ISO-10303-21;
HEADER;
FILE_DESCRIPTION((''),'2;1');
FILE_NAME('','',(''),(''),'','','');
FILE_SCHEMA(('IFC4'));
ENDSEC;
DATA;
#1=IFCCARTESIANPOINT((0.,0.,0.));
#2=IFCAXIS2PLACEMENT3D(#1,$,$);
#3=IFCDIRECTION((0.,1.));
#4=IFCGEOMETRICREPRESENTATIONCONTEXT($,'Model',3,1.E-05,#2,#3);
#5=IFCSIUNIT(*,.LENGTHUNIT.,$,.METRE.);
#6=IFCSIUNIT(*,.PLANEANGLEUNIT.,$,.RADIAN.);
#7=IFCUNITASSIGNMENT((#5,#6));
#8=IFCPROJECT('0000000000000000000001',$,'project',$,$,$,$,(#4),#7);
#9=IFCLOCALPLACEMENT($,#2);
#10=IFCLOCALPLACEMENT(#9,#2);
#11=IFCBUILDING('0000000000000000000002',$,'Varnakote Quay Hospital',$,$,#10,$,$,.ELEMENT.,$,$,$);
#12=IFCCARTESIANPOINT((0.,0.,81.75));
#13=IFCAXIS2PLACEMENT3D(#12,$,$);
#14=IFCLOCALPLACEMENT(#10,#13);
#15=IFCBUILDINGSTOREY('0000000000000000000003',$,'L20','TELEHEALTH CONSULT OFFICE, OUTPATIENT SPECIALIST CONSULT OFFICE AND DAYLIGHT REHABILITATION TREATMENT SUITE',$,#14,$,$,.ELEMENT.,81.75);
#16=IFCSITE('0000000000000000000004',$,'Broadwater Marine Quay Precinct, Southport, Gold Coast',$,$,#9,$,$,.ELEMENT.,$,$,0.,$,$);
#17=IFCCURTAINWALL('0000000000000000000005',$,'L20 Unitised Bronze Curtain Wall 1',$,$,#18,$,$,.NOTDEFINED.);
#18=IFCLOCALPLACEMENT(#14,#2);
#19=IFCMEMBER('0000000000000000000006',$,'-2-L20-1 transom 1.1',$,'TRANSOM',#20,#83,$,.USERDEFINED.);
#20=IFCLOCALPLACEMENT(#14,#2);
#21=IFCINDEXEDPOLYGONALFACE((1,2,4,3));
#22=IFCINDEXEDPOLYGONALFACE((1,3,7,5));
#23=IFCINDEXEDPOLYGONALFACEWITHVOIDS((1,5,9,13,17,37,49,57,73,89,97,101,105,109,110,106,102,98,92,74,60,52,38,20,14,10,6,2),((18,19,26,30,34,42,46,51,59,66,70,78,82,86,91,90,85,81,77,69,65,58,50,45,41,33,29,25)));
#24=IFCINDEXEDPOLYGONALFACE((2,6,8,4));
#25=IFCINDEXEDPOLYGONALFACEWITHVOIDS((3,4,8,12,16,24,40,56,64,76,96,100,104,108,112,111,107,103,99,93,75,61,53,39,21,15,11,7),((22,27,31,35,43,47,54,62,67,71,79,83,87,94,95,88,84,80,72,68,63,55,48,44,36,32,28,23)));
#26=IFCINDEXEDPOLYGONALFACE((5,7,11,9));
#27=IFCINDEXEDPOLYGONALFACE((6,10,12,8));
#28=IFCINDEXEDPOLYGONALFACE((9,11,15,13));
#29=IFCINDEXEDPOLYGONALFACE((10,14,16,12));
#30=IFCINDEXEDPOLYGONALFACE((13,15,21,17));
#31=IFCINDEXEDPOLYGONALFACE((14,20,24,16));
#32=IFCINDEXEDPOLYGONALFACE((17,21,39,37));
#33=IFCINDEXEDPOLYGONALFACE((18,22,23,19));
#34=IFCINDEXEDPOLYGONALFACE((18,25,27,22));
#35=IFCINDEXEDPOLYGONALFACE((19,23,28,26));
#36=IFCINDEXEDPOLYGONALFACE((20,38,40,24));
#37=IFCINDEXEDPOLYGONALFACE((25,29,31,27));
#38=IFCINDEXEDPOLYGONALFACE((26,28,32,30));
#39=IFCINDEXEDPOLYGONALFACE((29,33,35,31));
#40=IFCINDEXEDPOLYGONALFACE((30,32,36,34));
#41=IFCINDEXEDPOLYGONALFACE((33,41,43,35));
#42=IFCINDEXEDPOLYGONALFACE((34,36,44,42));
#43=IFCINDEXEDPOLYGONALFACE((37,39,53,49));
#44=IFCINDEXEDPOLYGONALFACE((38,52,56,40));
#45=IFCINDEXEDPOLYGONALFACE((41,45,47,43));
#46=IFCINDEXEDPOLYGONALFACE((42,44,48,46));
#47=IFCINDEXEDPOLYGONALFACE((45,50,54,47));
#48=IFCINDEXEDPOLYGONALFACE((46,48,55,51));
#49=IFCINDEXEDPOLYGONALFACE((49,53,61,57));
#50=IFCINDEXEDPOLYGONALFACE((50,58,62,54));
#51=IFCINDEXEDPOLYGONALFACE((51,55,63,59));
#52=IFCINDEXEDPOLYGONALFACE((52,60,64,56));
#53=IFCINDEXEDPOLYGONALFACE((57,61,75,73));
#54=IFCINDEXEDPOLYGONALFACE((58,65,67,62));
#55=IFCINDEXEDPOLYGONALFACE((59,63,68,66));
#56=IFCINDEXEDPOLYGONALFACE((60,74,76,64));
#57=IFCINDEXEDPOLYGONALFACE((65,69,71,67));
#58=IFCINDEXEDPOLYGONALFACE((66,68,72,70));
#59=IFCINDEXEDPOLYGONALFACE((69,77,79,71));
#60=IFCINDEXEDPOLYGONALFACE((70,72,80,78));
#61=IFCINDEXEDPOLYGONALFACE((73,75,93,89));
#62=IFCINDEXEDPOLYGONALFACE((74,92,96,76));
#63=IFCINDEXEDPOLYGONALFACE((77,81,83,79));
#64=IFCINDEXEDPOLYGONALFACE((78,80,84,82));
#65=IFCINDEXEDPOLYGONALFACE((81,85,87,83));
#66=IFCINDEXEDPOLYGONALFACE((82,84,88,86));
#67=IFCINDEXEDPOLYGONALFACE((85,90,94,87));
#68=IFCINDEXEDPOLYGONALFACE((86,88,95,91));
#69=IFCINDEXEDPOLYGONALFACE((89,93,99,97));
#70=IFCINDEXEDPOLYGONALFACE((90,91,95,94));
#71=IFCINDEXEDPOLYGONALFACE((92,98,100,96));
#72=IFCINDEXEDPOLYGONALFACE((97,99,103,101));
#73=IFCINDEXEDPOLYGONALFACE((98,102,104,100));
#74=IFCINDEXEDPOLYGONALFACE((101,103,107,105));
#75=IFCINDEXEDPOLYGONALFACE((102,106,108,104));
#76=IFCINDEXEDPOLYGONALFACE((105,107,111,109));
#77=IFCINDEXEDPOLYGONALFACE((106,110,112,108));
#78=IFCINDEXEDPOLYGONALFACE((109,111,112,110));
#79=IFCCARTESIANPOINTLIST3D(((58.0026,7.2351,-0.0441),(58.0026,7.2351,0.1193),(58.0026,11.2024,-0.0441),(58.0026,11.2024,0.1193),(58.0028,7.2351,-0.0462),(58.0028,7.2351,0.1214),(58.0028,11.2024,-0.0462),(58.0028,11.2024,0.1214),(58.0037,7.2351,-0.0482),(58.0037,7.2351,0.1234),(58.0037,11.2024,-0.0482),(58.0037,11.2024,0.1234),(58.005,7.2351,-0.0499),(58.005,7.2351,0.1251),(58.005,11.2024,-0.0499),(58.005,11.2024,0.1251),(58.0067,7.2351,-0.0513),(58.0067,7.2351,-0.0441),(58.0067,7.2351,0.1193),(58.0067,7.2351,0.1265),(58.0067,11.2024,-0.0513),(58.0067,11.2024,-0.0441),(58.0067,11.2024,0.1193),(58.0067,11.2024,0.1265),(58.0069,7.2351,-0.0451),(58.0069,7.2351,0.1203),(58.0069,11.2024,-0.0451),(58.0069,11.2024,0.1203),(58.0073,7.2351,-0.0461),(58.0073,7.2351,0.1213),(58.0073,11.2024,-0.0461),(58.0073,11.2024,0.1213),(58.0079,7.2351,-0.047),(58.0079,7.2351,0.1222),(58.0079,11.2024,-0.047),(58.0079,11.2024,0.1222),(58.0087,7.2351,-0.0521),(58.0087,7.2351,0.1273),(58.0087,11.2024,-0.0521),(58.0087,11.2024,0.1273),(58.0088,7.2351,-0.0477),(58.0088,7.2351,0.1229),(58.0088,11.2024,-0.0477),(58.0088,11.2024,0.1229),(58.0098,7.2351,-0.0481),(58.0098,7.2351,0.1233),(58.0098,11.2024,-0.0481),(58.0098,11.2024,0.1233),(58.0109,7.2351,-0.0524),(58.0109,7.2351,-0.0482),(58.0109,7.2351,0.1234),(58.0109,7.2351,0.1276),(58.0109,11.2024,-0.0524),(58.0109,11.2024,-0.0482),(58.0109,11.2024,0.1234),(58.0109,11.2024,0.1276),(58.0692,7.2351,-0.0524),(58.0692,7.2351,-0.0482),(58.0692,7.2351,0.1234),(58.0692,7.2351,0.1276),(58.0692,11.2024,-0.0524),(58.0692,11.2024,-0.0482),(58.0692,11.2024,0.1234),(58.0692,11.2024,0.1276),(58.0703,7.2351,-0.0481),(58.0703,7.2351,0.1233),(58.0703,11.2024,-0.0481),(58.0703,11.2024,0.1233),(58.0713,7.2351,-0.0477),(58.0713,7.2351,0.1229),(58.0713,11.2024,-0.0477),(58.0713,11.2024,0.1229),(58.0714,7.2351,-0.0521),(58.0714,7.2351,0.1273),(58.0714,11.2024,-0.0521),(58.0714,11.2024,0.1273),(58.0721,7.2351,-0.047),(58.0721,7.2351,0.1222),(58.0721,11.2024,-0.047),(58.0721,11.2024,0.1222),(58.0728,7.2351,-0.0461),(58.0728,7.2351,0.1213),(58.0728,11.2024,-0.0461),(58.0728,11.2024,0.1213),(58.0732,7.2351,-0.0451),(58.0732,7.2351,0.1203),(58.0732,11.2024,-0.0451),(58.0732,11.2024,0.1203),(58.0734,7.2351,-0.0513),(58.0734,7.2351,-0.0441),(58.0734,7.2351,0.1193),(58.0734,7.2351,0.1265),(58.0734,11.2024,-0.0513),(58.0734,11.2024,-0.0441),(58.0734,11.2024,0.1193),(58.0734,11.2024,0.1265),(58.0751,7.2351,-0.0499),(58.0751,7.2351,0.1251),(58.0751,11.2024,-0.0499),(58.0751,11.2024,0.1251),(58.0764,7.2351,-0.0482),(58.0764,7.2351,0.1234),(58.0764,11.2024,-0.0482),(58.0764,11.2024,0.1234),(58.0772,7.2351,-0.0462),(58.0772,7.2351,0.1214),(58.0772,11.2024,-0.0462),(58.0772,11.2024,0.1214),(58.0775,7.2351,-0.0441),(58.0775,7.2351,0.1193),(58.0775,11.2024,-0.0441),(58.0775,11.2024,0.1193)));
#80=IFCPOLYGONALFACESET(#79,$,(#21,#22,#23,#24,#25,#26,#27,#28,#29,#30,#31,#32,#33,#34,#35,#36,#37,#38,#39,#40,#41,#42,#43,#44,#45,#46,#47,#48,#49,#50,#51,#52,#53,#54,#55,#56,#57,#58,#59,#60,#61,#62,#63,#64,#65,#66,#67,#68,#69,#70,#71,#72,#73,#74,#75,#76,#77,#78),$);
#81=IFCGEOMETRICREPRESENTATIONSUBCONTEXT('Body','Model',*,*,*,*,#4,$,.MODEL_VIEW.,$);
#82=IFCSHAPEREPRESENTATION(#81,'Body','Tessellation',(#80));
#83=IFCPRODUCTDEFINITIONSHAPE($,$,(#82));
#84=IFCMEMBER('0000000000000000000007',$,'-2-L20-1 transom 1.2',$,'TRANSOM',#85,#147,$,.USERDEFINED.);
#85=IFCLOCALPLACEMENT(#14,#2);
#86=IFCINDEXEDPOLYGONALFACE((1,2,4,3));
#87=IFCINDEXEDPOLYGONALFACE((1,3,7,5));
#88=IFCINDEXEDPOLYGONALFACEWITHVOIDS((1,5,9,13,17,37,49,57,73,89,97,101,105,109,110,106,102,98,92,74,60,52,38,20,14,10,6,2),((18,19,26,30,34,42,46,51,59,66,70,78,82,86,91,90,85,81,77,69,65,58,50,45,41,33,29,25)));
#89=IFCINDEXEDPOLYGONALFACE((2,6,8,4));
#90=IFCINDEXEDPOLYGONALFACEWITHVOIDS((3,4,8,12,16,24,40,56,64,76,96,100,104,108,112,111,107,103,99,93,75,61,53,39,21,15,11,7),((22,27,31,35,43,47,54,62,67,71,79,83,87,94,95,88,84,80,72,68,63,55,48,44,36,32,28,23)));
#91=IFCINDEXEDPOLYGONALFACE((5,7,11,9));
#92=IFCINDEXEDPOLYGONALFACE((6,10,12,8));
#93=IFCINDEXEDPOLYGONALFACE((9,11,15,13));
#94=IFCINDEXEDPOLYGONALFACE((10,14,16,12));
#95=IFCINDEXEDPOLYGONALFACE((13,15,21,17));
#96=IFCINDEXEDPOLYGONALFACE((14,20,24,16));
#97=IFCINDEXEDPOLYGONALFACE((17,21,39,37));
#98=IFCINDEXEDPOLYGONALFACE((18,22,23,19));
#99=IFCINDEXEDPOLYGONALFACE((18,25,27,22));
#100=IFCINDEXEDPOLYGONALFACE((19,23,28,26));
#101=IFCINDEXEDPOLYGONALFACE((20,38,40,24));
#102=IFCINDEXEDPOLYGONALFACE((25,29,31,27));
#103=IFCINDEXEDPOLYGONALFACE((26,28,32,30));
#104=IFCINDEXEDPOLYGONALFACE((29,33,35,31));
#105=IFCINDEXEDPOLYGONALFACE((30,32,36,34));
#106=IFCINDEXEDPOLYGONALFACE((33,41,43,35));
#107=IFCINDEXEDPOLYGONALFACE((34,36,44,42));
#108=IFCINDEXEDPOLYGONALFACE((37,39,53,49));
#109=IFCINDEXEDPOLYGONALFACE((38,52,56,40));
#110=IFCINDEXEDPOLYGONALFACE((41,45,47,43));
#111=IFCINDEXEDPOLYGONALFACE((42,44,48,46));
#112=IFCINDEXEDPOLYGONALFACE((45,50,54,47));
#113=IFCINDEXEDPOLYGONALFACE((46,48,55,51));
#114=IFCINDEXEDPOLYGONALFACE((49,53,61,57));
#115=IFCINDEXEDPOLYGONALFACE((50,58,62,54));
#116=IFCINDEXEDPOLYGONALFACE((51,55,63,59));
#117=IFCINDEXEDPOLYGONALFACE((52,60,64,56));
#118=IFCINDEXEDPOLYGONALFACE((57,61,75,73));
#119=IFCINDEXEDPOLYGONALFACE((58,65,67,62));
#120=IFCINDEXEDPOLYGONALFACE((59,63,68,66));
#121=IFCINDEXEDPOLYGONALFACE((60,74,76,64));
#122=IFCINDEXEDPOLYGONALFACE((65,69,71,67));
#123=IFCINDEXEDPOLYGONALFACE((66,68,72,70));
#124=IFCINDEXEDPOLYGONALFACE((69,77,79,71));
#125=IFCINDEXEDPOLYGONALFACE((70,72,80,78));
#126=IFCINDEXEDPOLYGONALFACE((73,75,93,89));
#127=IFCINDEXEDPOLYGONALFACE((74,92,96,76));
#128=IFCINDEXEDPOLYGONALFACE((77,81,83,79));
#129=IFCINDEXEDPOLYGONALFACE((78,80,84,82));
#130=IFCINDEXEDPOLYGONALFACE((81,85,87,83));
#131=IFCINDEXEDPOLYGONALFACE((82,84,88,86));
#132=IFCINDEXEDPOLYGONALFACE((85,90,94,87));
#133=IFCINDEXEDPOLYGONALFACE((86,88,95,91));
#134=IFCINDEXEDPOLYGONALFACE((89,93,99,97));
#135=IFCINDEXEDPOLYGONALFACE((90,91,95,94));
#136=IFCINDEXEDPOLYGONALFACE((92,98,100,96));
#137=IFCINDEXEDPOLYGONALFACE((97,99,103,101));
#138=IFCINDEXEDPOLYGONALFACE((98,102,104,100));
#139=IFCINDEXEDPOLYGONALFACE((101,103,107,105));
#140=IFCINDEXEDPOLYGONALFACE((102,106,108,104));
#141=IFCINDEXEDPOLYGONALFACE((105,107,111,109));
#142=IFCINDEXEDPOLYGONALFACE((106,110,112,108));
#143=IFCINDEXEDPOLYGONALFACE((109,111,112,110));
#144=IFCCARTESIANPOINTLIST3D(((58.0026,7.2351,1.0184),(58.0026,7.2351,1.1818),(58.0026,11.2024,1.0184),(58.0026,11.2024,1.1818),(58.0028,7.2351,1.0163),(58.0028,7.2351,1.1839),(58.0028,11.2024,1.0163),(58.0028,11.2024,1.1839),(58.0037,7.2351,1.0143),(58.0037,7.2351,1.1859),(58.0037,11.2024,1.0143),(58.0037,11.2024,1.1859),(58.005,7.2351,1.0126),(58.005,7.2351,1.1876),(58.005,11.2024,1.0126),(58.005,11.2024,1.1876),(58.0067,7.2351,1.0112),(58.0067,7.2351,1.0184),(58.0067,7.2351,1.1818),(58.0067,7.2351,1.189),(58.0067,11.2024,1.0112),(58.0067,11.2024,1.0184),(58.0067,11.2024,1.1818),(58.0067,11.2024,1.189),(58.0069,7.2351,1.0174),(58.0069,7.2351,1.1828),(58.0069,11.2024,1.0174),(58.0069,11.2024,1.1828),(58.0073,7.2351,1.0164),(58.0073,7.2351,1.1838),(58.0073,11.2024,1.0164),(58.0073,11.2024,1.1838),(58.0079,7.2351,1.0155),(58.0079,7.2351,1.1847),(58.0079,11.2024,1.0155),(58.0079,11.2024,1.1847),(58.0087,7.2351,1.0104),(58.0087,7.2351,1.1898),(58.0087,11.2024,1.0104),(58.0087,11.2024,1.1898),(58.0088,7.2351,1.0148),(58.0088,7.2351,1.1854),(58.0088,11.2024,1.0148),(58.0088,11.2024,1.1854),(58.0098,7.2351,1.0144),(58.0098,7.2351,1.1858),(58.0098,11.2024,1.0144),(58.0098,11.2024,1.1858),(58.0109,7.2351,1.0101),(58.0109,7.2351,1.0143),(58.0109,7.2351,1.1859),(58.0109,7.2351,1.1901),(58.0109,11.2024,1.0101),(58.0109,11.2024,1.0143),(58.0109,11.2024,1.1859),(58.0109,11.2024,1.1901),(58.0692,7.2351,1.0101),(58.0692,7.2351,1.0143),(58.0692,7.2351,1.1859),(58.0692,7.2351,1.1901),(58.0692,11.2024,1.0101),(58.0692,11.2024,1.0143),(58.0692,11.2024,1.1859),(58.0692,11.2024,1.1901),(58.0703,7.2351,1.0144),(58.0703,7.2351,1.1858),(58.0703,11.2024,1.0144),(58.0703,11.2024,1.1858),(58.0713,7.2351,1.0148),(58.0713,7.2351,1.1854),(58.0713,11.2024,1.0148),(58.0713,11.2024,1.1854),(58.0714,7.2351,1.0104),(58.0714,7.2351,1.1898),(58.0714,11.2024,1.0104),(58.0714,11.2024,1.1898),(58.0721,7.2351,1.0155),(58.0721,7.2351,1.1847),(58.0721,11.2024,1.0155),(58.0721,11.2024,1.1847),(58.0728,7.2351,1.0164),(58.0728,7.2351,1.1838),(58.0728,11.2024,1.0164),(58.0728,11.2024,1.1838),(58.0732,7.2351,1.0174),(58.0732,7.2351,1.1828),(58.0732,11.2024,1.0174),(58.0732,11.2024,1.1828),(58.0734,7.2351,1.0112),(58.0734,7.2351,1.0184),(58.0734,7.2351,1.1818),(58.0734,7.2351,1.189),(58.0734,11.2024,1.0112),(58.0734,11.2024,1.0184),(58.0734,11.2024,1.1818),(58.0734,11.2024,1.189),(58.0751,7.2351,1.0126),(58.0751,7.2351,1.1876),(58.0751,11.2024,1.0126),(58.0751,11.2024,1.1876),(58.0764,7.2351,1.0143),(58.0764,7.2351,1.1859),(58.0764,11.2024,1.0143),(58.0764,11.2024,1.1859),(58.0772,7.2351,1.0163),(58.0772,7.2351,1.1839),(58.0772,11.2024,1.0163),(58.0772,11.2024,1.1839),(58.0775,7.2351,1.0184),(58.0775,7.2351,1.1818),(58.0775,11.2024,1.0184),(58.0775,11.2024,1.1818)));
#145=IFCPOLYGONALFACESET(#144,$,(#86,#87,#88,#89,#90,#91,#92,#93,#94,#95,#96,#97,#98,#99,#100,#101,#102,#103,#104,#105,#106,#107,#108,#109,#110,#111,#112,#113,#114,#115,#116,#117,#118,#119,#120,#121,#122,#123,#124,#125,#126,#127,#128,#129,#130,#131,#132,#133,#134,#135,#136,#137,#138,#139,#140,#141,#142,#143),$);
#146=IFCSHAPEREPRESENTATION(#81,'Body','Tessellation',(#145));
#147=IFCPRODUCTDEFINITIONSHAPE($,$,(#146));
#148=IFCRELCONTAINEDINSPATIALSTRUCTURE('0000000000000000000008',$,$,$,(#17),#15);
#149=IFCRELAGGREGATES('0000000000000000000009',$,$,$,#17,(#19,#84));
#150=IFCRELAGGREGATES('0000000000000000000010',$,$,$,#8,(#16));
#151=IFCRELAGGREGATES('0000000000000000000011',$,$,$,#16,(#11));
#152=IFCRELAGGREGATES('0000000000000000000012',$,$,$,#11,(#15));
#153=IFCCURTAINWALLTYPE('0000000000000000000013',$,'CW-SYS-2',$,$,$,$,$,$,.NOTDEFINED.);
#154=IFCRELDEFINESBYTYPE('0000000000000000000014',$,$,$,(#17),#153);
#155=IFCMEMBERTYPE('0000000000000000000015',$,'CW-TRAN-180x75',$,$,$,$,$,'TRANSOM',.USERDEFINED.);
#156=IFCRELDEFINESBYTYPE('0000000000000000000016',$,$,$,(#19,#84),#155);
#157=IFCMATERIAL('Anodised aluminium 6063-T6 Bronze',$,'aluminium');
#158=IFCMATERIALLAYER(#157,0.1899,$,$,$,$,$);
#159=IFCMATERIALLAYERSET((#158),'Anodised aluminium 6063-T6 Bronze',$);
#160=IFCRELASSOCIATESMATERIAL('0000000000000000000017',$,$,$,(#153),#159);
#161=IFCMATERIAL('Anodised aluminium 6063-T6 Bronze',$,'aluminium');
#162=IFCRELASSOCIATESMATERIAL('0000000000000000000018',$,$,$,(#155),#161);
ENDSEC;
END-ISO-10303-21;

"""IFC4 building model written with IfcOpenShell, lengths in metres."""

from ifc_helpers import new_model, si_unit, direction, frame, origin, origin_2d, place, context, subcontext, project, spatial, hollow_rectangle, extrude, material, layer, layer_set, material_profile, profile_set, type_object, element, aggregate, save


model = new_model("IFC4")

# Units and contexts
model_context = context("Model", 3, precision=1e-05, world=origin(), true_north=direction((0.0, 1.0)))
body_context = subcontext(model_context, "Body", "Model", "MODEL_VIEW")
ifc_project = project(units=[si_unit("LENGTHUNIT", "METRE"), si_unit("PLANEANGLEUNIT", "RADIAN")], contexts=[model_context])

# Site, building, storey
site_placement = place(None, origin())
site = spatial("IfcSite", under=ifc_project, at=site_placement, Name="Broadwater Marine Quay Precinct, Southport, Gold Coast", CompositionType="ELEMENT", RefElevation=0.0)
building_placement = place(site_placement, origin())
building = spatial("IfcBuilding", under=site, at=building_placement, Name="Varnakote Quay Hospital", CompositionType="ELEMENT")
storey_placement = place(building_placement, frame((0.0, 0.0, 81.75)))
storey = spatial("IfcBuildingStorey", under=building, at=storey_placement, Name="L20", Description="TELEHEALTH CONSULT OFFICE, OUTPATIENT SPECIALIST CONSULT OFFICE AND DAYLIGHT REHABILITATION TREATMENT SUITE", CompositionType="ELEMENT", Elevation=81.75)

# Curtain wall, members
ifc_material_1 = material(Name="Anodised aluminium 6063-T6 Bronze", Category="aluminium")
ifc_layer_1 = layer(ifc_material_1, 0.1899)
ifc_layer_set_1 = layer_set([ifc_layer_1], Name="Anodised aluminium 6063-T6 Bronze")
curtain_wall_type = type_object("IfcCurtainWallType", Name="CW-SYS-2", PredefinedType="NOTDEFINED", material=ifc_layer_set_1)
curtain_wall_placement = place(storey_placement, origin())
curtain_wall = element("IfcCurtainWall", 1, at=curtain_wall_placement, inside=storey, type_object=curtain_wall_type, Name="L20 Unitised Bronze Curtain Wall 1", PredefinedType="NOTDEFINED")
ifc_material_2 = material(Name="Anodised aluminium 6063-T6 Bronze", Category="aluminium")
ifc_material_profile_1 = material_profile(ifc_material_2, hollow_rectangle(XDim=0.075, YDim=0.1799, WallThickness=0.0042, InnerFilletRadius=0.0042, OuterFilletRadius=0.0083, at=origin_2d()), Name="CW-TRAN-180x75")
ifc_profile_set_1 = profile_set([ifc_material_profile_1], Name="Anodised aluminium 6063-T6 Bronze")
member_type_1 = type_object("IfcMemberType", Name="CW-TRAN-180x75", ElementType="TRANSOM", PredefinedType="USERDEFINED", material=ifc_profile_set_1)
member_1_placement = place(storey_placement, frame((58.04, 7.2351, 0.0376), z_axis=(0.0, 1.0, 0.0), x_axis=(-1.0, 0.0, 0.0)))
member_1 = element("IfcMember", 2, at=member_1_placement, type_object=member_type_1, Name="-2-L20-1 transom 1.1", ObjectType="TRANSOM", PredefinedType="USERDEFINED", context=body_context, shape_type="SweptSolid", body=[
    extrude(hollow_rectangle(XDim=0.075, YDim=0.1799, WallThickness=0.0042, InnerFilletRadius=0.0042, OuterFilletRadius=0.0083, at=origin_2d()), origin(), (0.0, 0.0, 1.0), 3.9673),
])
member_2_placement = place(storey_placement, frame((58.04, 7.2351, 1.1001), z_axis=(0.0, 1.0, 0.0), x_axis=(-1.0, 0.0, 0.0)))
member_2 = element("IfcMember", 3, at=member_2_placement, type_object=member_type_1, Name="-2-L20-1 transom 1.2", ObjectType="TRANSOM", PredefinedType="USERDEFINED", context=body_context, shape_type="SweptSolid", body=[
    extrude(hollow_rectangle(XDim=0.075, YDim=0.1799, WallThickness=0.0042, InnerFilletRadius=0.0042, OuterFilletRadius=0.0083, at=origin_2d()), origin(), (0.0, 0.0, 1.0), 3.9673),
])
aggregate(curtain_wall, [member_1, member_2])

save(model, "model.ifc")
